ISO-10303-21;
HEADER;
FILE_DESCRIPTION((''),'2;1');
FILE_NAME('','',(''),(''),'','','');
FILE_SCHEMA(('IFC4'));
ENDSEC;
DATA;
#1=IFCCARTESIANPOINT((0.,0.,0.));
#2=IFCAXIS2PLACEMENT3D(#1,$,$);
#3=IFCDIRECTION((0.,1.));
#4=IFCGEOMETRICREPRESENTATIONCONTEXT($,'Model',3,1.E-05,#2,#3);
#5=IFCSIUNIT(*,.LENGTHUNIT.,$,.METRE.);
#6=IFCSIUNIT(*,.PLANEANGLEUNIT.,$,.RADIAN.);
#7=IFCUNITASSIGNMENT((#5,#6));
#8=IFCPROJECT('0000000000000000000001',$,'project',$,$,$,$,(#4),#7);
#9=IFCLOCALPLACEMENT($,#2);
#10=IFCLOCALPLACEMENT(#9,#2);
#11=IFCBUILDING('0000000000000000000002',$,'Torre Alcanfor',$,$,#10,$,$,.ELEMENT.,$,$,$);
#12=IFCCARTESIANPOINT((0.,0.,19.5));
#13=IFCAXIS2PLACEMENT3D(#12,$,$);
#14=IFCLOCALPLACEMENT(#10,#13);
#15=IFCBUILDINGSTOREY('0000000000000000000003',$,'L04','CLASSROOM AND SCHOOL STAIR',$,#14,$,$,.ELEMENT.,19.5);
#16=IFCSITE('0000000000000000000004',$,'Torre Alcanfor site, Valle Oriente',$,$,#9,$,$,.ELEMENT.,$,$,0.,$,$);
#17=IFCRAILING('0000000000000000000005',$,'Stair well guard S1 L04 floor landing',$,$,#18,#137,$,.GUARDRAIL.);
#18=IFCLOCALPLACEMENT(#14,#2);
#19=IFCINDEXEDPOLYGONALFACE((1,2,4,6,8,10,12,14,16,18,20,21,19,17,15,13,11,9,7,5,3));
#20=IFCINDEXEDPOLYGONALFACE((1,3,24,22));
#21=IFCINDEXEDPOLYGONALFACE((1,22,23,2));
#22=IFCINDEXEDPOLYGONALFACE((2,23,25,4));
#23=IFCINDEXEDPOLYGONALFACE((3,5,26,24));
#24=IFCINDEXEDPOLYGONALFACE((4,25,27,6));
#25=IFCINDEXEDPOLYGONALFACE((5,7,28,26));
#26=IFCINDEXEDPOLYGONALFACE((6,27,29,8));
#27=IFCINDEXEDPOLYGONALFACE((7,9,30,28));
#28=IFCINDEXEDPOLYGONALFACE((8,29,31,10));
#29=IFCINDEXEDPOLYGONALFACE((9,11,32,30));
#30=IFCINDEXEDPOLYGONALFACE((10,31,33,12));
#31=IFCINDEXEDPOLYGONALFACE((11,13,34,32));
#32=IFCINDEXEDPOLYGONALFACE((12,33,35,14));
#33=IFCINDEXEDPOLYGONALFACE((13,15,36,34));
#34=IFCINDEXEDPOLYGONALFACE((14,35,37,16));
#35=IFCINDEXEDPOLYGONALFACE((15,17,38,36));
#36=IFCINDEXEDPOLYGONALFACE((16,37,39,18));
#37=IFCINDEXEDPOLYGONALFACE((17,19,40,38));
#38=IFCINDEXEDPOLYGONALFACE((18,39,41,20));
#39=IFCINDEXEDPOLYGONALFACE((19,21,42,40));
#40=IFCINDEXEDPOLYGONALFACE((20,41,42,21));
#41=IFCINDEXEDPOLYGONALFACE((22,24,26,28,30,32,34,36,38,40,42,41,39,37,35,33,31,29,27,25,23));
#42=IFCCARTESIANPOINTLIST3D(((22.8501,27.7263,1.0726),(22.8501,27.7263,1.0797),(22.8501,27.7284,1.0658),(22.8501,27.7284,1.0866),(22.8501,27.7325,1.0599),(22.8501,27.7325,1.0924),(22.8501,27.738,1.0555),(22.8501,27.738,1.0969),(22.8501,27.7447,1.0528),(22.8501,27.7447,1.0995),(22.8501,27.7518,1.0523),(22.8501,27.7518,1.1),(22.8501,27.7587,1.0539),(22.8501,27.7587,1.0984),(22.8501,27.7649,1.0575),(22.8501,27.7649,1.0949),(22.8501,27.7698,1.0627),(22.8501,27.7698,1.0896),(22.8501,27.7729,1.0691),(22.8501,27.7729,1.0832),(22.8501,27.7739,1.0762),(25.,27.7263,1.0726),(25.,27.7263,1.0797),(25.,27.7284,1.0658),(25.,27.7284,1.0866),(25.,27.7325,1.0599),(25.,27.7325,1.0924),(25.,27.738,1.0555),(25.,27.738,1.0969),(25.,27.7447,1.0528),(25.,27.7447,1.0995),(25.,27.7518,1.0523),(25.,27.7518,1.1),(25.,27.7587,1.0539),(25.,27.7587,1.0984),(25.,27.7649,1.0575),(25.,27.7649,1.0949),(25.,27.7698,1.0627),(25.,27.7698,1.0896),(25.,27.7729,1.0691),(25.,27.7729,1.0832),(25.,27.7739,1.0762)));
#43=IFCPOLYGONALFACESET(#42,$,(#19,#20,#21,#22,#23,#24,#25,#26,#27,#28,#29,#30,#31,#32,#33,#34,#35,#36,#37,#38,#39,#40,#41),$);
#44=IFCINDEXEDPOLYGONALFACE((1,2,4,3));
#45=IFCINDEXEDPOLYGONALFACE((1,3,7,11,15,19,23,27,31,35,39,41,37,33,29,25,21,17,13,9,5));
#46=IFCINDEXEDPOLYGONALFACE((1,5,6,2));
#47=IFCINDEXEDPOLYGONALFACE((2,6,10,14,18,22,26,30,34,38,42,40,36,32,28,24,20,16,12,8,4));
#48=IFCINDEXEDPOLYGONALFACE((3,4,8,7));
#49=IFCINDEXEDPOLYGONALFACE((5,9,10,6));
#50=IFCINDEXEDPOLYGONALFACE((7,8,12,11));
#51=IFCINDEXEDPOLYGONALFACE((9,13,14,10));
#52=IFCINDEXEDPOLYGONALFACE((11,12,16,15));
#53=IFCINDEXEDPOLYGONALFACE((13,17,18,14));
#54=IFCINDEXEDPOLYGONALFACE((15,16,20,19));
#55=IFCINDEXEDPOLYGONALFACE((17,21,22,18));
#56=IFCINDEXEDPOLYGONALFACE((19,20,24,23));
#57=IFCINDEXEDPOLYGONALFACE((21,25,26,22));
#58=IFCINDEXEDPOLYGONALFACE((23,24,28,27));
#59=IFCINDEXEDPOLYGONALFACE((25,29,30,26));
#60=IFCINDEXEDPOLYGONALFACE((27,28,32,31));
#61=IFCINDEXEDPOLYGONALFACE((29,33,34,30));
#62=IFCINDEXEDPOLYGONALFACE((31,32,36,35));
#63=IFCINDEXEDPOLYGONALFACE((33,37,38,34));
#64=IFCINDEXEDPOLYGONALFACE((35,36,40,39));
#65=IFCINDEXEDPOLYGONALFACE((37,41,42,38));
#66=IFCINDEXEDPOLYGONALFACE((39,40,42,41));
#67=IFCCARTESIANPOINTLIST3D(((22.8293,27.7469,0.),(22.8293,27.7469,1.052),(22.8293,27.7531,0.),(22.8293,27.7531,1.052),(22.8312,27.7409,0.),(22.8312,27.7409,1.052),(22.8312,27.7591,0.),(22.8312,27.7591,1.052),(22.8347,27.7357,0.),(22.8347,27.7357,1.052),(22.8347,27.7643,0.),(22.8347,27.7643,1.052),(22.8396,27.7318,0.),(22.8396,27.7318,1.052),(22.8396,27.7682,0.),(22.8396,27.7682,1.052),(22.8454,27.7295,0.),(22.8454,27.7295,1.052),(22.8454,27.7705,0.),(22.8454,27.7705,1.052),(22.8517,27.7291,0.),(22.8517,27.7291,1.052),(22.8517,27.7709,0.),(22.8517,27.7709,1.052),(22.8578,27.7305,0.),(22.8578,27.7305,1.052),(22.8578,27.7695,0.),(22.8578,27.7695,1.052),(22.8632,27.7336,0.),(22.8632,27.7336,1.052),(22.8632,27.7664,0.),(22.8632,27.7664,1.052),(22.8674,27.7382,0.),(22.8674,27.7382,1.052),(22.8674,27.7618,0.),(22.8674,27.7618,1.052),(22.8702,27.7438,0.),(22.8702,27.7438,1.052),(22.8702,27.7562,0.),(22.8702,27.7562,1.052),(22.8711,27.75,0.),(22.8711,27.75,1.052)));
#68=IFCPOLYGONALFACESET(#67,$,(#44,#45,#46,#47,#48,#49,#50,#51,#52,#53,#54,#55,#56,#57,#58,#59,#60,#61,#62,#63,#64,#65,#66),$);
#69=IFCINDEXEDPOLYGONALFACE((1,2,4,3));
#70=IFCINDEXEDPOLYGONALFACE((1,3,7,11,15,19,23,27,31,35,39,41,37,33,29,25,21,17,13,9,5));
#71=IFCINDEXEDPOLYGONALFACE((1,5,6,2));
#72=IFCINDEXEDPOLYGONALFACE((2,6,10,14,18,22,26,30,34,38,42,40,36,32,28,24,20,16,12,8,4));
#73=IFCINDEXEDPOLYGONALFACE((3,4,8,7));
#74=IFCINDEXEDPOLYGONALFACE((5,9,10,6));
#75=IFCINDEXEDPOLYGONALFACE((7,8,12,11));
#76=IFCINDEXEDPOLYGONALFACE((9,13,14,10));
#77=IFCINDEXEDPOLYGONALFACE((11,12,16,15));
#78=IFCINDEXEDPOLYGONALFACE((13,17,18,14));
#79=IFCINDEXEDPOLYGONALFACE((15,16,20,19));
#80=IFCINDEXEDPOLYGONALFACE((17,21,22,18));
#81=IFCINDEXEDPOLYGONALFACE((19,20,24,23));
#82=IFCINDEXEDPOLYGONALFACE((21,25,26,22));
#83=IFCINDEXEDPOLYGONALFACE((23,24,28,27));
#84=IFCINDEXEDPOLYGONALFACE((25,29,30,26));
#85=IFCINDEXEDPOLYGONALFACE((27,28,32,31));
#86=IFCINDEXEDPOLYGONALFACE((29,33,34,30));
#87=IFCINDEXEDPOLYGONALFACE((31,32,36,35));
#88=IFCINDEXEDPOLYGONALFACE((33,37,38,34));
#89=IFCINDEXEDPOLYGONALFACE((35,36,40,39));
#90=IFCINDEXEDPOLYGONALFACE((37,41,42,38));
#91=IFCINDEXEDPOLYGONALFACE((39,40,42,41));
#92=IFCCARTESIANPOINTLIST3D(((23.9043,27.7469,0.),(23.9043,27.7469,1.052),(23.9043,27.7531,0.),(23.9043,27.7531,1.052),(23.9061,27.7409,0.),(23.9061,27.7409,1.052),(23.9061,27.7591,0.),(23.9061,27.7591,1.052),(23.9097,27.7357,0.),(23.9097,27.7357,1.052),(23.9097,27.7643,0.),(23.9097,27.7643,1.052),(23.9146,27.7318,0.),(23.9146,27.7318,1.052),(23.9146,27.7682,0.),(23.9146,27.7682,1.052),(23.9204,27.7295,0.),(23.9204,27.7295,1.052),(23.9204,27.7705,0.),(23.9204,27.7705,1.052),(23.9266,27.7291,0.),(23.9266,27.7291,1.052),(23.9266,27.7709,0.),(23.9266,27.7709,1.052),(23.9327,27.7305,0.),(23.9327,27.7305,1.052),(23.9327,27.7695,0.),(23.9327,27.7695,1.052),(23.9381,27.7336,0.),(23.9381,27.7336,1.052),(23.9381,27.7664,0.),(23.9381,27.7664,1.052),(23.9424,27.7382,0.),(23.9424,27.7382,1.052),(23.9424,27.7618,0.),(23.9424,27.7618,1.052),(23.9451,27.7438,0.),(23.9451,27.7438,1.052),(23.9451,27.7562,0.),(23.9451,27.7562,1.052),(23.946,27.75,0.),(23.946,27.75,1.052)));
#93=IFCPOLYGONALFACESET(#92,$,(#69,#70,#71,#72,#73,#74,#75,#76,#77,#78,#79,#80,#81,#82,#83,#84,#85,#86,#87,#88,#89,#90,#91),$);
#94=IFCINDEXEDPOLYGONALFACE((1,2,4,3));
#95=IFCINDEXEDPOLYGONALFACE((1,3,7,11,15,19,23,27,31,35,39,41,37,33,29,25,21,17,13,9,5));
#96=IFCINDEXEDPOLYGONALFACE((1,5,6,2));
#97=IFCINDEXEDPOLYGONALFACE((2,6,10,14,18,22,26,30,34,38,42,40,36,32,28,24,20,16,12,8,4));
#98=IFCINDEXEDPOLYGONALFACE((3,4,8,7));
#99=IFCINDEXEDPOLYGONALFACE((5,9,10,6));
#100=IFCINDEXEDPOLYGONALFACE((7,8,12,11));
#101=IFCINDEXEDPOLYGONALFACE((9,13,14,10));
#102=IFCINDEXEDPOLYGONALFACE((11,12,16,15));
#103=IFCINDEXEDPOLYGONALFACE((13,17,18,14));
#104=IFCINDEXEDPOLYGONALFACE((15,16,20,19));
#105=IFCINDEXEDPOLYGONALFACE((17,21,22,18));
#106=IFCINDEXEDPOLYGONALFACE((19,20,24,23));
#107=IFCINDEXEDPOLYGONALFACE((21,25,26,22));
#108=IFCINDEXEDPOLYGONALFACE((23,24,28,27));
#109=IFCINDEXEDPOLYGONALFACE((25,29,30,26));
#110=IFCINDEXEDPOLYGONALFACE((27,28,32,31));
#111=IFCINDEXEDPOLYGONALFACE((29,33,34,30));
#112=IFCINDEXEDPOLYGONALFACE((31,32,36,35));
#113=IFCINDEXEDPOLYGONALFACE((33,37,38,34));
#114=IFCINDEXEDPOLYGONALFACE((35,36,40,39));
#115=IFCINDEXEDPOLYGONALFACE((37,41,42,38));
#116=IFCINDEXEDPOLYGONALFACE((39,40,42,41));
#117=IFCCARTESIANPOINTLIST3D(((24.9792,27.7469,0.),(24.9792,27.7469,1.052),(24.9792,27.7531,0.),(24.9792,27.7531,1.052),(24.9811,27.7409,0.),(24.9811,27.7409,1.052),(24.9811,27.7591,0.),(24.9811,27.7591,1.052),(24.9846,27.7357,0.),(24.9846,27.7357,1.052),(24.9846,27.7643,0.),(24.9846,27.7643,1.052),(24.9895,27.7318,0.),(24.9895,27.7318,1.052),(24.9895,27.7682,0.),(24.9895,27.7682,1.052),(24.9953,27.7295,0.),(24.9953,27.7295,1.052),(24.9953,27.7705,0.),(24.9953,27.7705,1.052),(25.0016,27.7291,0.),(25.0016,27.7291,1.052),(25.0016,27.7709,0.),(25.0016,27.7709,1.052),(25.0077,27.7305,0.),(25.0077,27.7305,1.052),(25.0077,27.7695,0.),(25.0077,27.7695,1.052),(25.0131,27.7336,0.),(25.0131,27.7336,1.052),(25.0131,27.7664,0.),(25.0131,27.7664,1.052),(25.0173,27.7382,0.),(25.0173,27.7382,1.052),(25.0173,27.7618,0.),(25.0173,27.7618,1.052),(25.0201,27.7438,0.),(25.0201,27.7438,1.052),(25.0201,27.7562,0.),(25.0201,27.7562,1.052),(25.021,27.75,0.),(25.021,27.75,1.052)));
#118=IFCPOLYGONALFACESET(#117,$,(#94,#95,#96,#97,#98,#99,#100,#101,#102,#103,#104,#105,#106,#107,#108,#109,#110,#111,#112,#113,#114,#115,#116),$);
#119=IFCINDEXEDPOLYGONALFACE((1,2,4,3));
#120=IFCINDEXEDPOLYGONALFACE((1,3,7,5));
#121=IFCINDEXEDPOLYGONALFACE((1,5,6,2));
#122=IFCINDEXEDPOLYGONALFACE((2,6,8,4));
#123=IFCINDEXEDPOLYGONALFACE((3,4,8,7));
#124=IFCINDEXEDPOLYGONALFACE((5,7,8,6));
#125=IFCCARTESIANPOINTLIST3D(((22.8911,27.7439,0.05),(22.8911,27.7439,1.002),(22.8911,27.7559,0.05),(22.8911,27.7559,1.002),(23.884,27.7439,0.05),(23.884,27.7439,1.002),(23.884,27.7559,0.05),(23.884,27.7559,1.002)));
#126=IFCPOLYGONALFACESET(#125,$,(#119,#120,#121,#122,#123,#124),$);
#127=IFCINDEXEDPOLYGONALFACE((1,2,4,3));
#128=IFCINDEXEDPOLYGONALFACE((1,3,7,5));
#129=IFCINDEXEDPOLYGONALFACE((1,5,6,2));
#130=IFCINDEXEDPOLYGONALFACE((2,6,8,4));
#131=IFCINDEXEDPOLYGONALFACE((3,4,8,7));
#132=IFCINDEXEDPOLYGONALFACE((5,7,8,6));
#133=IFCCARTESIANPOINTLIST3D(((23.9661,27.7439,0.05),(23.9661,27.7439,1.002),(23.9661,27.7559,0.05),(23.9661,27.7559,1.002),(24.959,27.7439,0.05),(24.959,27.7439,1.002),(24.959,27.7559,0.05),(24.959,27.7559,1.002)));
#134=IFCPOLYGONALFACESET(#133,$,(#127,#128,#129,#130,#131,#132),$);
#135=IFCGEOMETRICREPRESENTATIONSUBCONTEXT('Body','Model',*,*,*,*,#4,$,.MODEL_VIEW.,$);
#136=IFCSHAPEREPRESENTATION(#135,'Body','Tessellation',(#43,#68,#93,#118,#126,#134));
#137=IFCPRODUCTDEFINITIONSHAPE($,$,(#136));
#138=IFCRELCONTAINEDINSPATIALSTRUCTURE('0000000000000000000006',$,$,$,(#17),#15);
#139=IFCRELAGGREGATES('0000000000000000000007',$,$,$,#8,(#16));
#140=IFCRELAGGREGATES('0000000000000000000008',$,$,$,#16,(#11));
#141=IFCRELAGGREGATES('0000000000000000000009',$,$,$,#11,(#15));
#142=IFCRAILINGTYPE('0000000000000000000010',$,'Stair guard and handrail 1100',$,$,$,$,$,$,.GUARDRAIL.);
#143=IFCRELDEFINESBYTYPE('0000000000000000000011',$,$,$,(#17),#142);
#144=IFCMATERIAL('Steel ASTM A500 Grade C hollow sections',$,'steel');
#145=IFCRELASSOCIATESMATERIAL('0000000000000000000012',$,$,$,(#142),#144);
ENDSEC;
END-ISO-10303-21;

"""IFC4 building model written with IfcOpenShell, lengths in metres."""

from ifc_helpers import new_model, si_unit, direction, frame, origin, origin_2d, place, context, subcontext, project, spatial, polyline, circle, outline, extrude, material, type_object, element, save


model = new_model("IFC4")

# Units and contexts
model_context = context("Model", 3, precision=1e-05, world=origin(), true_north=direction((0.0, 1.0)))
body_context = subcontext(model_context, "Body", "Model", "MODEL_VIEW")
ifc_project = project(units=[si_unit("LENGTHUNIT", "METRE"), si_unit("PLANEANGLEUNIT", "RADIAN")], contexts=[model_context])

# Site, building, storey
site_placement = place(None, origin())
site = spatial("IfcSite", under=ifc_project, at=site_placement, Name="Torre Alcanfor site, Valle Oriente", CompositionType="ELEMENT", RefElevation=0.0)
building_placement = place(site_placement, origin())
building = spatial("IfcBuilding", under=site, at=building_placement, Name="Torre Alcanfor", CompositionType="ELEMENT")
storey_placement = place(building_placement, frame((0.0, 0.0, 19.5)))
storey = spatial("IfcBuildingStorey", under=building, at=storey_placement, Name="L04", Description="CLASSROOM AND SCHOOL STAIR", CompositionType="ELEMENT", Elevation=19.5)

# Railing
ifc_material_1 = material(Name="Steel ASTM A500 Grade C hollow sections", Category="steel")
railing_type_1 = type_object("IfcRailingType", Name="Stair guard and handrail 1100", PredefinedType="GUARDRAIL", material=ifc_material_1)
for number, where, name in (
    (1, (22.8501, 27.75, 0.0), "Stair well guard S1 L04 floor landing"),
):
    element("IfcRailing", number, at=place(storey_placement, frame(where)), inside=storey, type_object=railing_type_1, Name=name, PredefinedType="GUARDRAIL", context=body_context, shape_type="SweptSolid", body=[
        extrude(circle(Radius=0.0239, at=origin_2d()), frame((0.0, 0.0, 1.0762), z_axis=(1.0, 0.0, 0.0), x_axis=(0.0, 1.0, 0.0)), (0.0, 0.0, 1.0), 2.1499),
        extrude(circle(Radius=0.021, at=origin_2d()), origin(), (0.0, 0.0, 1.0), 1.052),
        extrude(circle(Radius=0.021, at=origin_2d()), frame((1.075, 0.0, 0.0)), (0.0, 0.0, 1.0), 1.052),
        extrude(circle(Radius=0.021, at=origin_2d()), frame((2.1499, 0.0, 0.0)), (0.0, 0.0, 1.0), 1.052),
        extrude(outline(polyline([(0.041, 0.05), (1.0339, 0.05), (1.0339, 1.002), (0.041, 1.002), (0.041, 0.05)])), frame((0.0, 0.0059, 0.0), z_axis=(0.0, -1.0, 0.0), x_axis=(1.0, 0.0, 0.0)), (0.0, 0.0, 1.0), 0.012),
        extrude(outline(polyline([(1.116, 0.05), (2.1089, 0.05), (2.1089, 1.002), (1.116, 1.002), (1.116, 0.05)])), frame((0.0, 0.0059, 0.0), z_axis=(0.0, -1.0, 0.0), x_axis=(1.0, 0.0, 0.0)), (0.0, 0.0, 1.0), 0.012),
    ])

save(model, "model.ifc")
